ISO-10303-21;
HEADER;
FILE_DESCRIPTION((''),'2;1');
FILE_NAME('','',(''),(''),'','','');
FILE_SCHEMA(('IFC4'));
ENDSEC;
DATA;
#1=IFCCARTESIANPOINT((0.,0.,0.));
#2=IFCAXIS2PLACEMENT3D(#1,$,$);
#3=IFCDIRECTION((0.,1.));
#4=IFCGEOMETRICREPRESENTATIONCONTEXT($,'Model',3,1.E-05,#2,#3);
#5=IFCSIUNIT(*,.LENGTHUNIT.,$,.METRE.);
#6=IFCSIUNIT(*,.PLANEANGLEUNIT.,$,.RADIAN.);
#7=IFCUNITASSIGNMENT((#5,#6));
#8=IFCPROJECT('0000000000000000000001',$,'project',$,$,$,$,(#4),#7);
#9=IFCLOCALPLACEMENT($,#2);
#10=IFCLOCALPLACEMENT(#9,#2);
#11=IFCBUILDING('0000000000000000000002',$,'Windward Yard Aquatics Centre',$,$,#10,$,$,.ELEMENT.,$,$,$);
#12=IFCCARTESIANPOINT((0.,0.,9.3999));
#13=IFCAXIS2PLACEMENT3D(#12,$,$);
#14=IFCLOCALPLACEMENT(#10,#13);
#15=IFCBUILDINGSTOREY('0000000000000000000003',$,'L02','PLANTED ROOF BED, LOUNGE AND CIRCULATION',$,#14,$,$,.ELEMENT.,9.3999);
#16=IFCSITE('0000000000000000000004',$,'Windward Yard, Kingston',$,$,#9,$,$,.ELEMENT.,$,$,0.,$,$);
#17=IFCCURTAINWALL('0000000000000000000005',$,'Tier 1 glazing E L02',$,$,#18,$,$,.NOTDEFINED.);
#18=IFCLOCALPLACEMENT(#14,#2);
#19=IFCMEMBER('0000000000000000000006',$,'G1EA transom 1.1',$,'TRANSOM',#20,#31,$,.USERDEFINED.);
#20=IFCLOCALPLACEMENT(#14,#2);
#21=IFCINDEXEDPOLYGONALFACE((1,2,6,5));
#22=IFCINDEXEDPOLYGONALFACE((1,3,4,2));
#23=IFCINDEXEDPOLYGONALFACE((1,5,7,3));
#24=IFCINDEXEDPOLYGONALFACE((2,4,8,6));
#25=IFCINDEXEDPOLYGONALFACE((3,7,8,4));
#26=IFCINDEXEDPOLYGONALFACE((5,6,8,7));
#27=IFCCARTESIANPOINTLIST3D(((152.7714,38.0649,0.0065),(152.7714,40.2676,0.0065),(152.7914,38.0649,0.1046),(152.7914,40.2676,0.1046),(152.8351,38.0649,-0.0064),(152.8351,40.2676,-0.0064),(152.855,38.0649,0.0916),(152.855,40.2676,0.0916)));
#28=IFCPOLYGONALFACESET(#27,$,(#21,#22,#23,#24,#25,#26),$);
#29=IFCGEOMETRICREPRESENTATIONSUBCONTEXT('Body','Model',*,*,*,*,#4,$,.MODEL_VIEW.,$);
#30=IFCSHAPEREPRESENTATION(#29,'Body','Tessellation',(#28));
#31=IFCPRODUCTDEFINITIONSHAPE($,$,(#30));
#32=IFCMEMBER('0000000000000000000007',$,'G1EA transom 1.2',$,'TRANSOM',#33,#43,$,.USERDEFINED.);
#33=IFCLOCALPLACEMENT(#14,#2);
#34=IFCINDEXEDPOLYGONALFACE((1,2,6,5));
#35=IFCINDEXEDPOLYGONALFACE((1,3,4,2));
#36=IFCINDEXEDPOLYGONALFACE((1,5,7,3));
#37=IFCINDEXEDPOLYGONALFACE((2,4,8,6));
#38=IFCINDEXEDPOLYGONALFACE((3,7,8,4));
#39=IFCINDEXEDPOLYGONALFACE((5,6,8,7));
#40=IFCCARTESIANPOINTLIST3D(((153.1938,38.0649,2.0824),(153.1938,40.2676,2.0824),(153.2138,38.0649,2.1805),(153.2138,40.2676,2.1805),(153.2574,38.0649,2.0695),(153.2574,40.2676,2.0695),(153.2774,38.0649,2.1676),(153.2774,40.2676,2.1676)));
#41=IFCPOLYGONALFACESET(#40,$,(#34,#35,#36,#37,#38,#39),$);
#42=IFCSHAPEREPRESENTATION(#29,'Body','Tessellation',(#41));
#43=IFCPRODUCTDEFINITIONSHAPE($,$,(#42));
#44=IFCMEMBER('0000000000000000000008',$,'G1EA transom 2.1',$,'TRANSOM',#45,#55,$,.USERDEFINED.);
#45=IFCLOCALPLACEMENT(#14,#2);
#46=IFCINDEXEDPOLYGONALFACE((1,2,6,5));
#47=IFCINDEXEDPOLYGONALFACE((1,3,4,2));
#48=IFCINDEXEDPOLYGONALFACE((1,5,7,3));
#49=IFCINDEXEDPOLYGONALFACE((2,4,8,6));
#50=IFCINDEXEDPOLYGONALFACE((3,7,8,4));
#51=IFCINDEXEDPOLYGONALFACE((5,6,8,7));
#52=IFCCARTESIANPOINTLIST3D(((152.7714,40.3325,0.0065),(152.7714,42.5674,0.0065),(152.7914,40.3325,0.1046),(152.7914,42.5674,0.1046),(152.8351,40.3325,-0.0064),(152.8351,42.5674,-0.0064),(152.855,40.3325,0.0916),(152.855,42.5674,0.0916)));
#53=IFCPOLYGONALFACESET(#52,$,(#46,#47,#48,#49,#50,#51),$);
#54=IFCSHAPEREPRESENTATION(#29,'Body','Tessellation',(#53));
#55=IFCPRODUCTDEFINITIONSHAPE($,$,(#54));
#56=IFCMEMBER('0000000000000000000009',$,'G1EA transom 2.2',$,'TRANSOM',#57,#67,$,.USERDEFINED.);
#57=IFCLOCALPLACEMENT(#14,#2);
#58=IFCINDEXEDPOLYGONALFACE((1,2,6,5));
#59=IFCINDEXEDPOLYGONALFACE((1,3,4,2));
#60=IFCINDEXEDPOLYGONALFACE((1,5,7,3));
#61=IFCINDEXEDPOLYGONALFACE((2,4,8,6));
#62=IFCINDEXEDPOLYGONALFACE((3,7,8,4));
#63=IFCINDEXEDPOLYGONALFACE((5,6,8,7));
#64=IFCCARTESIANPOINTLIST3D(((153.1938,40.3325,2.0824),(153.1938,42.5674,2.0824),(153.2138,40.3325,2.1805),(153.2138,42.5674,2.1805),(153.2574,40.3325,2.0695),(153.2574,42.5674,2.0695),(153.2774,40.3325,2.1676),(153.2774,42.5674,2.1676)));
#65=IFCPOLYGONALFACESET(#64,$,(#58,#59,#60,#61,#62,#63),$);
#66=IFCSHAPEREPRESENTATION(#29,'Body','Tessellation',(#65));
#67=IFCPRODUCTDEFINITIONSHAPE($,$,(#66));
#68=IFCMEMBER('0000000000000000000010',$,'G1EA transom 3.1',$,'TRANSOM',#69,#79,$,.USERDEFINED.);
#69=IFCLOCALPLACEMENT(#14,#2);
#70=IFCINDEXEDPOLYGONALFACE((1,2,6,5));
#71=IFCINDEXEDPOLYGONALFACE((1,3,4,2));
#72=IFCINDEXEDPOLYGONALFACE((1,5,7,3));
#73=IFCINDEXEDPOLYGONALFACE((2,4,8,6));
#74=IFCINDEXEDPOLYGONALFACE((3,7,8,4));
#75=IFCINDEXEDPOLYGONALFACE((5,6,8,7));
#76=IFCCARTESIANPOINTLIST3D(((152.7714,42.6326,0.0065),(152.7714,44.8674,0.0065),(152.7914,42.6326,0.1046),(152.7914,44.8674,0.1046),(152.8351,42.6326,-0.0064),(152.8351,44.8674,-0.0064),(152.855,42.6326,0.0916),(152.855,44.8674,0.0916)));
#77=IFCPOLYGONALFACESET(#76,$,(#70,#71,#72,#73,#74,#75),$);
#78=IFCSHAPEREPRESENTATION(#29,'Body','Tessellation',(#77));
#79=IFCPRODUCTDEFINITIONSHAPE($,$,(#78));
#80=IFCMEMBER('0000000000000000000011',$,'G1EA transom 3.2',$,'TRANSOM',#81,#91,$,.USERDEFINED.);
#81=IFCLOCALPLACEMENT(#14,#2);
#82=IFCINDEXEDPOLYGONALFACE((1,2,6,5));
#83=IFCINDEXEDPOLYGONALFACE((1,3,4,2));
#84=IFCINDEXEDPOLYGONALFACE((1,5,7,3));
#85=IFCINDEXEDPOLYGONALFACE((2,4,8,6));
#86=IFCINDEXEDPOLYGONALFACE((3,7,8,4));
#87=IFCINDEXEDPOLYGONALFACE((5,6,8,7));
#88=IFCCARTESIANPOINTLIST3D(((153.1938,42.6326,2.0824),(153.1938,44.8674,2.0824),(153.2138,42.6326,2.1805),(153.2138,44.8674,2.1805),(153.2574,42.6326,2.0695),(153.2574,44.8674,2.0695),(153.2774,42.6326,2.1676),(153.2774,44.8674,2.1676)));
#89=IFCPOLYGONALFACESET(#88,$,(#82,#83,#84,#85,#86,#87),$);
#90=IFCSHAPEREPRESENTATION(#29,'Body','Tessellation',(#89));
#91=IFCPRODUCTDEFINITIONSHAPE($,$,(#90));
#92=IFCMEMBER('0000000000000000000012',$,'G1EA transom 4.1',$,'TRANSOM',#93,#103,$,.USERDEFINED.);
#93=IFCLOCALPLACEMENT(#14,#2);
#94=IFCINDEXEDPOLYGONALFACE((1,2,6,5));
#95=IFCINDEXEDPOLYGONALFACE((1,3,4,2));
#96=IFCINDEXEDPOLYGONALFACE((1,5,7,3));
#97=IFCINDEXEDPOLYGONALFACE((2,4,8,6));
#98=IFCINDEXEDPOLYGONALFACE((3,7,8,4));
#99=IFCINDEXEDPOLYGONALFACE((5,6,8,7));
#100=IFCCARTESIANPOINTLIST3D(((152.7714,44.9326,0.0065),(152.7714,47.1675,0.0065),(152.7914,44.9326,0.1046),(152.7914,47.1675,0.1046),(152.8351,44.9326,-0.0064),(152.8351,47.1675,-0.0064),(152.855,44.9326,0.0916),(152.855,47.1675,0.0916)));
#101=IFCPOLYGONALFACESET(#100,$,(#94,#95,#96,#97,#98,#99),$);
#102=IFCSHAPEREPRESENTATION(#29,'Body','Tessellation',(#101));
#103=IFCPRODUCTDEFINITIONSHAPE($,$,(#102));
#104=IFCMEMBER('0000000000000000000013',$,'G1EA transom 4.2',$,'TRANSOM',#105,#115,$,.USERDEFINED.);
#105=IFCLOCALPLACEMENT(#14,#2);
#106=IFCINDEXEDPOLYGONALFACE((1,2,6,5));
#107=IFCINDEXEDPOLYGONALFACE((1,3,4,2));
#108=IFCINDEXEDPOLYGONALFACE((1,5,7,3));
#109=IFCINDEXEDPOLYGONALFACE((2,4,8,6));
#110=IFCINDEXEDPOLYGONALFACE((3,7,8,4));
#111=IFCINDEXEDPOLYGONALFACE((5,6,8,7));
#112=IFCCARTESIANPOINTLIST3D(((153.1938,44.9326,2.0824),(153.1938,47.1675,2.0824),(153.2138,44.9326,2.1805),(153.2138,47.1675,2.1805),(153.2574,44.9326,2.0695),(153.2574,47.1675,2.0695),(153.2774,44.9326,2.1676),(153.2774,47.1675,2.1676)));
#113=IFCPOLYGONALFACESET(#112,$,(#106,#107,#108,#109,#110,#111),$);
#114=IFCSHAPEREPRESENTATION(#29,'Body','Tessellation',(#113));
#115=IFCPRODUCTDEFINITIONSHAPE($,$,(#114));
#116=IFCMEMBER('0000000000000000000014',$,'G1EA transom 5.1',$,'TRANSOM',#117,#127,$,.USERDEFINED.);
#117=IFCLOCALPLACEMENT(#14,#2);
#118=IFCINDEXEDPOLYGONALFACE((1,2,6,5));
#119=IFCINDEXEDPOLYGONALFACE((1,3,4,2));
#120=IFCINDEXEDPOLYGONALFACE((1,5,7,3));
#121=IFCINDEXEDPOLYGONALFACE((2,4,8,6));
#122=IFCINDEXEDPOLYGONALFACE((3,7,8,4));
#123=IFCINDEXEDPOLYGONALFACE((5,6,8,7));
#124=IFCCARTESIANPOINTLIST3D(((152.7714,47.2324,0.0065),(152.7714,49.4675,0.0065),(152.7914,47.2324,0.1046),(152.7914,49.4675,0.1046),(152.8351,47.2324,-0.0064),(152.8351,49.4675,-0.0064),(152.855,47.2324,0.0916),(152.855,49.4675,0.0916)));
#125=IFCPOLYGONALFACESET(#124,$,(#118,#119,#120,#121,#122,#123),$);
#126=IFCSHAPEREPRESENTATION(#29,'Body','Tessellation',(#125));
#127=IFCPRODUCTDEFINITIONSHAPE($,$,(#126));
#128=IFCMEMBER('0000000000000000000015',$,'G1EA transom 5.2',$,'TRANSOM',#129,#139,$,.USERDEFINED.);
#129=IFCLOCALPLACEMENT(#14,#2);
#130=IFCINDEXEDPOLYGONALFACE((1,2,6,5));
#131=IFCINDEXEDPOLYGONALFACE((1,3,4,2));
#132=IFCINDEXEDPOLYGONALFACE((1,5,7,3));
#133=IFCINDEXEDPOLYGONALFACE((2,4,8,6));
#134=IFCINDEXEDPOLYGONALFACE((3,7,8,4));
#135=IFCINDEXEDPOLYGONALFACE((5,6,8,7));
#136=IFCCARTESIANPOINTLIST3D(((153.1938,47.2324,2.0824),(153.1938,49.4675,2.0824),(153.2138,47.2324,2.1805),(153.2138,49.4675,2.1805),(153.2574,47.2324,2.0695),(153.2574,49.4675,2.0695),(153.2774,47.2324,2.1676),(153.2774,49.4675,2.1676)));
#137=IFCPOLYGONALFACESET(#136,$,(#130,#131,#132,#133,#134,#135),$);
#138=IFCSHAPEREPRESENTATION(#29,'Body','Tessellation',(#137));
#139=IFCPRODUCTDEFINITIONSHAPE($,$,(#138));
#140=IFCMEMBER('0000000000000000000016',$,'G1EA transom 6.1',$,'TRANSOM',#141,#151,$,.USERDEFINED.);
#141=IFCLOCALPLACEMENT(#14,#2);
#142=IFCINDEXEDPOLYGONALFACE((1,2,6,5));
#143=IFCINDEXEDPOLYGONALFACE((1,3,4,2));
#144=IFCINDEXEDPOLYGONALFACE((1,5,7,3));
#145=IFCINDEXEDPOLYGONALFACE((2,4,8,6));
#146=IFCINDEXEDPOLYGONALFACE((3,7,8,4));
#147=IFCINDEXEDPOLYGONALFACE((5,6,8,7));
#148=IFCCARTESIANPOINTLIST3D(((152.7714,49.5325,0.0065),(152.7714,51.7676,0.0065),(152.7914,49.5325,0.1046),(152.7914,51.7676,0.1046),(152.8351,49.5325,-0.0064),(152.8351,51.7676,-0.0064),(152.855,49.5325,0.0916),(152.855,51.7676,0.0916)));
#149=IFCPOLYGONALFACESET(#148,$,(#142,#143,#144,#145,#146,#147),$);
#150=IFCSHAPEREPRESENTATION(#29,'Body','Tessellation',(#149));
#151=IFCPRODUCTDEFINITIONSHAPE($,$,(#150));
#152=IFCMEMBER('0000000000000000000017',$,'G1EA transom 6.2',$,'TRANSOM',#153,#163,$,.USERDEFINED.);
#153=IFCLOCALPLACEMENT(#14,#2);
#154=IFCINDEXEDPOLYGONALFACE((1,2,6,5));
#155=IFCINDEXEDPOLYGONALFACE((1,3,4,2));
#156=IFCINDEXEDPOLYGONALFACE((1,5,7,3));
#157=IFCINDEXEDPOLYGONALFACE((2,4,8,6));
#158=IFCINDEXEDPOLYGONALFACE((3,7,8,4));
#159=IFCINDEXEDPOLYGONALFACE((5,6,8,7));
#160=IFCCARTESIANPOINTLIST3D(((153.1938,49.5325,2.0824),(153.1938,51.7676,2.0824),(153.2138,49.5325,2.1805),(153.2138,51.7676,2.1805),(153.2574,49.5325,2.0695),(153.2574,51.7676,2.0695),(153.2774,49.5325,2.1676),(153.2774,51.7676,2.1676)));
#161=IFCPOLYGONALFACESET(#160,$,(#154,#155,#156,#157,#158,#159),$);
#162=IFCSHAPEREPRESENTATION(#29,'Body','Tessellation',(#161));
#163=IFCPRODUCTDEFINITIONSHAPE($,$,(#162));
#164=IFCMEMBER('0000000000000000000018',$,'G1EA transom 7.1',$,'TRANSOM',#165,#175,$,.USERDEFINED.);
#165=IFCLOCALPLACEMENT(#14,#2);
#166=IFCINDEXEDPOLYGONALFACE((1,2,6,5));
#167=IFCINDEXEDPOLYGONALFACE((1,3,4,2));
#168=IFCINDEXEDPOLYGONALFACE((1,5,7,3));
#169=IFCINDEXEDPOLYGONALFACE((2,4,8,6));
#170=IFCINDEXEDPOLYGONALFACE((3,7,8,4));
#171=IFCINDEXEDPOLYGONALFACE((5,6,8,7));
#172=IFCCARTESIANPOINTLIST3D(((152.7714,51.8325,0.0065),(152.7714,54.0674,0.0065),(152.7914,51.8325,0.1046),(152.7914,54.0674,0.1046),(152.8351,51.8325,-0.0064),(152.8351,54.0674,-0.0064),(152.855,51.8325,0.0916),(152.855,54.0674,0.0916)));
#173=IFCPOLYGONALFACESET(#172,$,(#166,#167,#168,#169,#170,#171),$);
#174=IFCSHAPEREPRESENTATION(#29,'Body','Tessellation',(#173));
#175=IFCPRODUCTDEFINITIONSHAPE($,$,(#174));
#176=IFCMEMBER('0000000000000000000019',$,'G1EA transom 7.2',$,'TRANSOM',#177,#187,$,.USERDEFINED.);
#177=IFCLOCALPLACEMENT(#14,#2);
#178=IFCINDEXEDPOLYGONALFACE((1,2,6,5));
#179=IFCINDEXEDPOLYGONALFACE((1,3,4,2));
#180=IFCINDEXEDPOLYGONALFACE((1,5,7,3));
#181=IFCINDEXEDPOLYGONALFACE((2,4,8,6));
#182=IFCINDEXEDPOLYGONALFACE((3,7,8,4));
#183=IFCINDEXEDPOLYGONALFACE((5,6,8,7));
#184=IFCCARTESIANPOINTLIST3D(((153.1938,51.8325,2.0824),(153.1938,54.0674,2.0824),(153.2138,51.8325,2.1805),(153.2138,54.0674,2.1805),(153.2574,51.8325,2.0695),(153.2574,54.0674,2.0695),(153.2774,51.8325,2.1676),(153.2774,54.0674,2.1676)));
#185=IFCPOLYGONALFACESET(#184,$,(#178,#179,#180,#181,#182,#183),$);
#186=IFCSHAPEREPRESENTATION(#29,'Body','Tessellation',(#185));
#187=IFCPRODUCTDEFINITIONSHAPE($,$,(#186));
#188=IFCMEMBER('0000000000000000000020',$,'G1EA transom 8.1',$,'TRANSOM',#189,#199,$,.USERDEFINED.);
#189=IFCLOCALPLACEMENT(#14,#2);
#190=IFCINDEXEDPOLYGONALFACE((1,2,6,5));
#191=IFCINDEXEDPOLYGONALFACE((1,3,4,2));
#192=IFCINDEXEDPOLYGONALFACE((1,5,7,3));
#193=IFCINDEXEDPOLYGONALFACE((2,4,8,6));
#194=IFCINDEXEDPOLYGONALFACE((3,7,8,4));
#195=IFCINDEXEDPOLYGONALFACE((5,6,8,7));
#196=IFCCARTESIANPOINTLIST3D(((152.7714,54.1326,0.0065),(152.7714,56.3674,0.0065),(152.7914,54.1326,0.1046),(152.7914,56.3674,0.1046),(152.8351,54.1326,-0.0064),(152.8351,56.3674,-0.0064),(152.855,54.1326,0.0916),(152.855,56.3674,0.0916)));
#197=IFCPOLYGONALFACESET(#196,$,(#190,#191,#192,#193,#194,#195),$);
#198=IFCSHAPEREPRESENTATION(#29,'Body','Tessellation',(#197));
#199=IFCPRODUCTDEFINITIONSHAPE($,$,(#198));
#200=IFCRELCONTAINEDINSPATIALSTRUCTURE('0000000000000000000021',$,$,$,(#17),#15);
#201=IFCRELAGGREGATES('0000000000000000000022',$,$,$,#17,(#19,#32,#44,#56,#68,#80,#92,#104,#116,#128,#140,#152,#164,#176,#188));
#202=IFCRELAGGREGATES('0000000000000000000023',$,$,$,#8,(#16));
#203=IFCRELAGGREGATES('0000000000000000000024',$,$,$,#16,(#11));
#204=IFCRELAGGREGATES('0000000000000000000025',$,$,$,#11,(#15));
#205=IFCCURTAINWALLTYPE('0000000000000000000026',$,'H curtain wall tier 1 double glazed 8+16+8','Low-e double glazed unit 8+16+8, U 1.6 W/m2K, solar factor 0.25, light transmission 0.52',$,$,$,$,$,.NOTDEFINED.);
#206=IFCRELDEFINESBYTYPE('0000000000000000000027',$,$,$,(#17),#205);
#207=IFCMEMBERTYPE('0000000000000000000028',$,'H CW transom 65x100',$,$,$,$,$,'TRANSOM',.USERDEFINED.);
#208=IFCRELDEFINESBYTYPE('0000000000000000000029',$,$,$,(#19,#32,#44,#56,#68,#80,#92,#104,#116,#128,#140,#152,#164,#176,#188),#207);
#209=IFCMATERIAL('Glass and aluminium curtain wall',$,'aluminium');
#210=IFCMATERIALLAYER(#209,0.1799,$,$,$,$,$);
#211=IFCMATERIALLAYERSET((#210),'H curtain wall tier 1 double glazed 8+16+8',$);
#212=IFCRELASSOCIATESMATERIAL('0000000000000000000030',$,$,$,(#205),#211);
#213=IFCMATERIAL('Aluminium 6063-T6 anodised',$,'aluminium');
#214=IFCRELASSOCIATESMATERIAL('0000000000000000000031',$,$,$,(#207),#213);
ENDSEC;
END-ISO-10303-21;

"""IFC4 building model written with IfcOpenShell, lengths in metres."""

from ifc_helpers import new_model, si_unit, direction, frame, origin, origin_2d, place, context, subcontext, project, spatial, rectangle, extrude, material, layer, layer_set, material_profile, profile_set, type_object, element, aggregate, save


model = new_model("IFC4")

# Units and contexts
model_context = context("Model", 3, precision=1e-05, world=origin(), true_north=direction((0.0, 1.0)))
body_context = subcontext(model_context, "Body", "Model", "MODEL_VIEW")
ifc_project = project(units=[si_unit("LENGTHUNIT", "METRE"), si_unit("PLANEANGLEUNIT", "RADIAN")], contexts=[model_context])

# Site, building, storey
site_placement = place(None, origin())
site = spatial("IfcSite", under=ifc_project, at=site_placement, Name="Windward Yard, Kingston", CompositionType="ELEMENT", RefElevation=0.0)
building_placement = place(site_placement, origin())
building = spatial("IfcBuilding", under=site, at=building_placement, Name="Windward Yard Aquatics Centre", CompositionType="ELEMENT")
storey_placement = place(building_placement, frame((0.0, 0.0, 9.3999)))
storey = spatial("IfcBuildingStorey", under=building, at=storey_placement, Name="L02", Description="PLANTED ROOF BED, LOUNGE AND CIRCULATION", CompositionType="ELEMENT", Elevation=9.3999)

# Curtain wall, members
ifc_material_1 = material(Name="Glass and aluminium curtain wall", Category="aluminium")
ifc_layer_1 = layer(ifc_material_1, 0.1799)
ifc_layer_set_1 = layer_set([ifc_layer_1], Name="H curtain wall tier 1 double glazed 8+16+8")
curtain_wall_type = type_object("IfcCurtainWallType", Name="H curtain wall tier 1 double glazed 8+16+8", Description="Low-e double glazed unit 8+16+8, U 1.6 W/m2K, solar factor 0.25, light transmission 0.52", PredefinedType="NOTDEFINED", material=ifc_layer_set_1)
curtain_wall_placement = place(storey_placement, origin())
curtain_wall = element("IfcCurtainWall", 1, at=curtain_wall_placement, inside=storey, type_object=curtain_wall_type, Name="Tier 1 glazing E L02", PredefinedType="NOTDEFINED")
ifc_material_2 = material(Name="Aluminium 6063-T6 anodised", Category="aluminium")
ifc_material_profile = material_profile(ifc_material_2, rectangle(XDim=0.0649, YDim=0.1001, at=origin_2d()), Name="H CW transom 65x100")
ifc_profile_set = profile_set([ifc_material_profile], Name="Aluminium 6063-T6 anodised")
member_type = type_object("IfcMemberType", Name="H CW transom 65x100", ElementType="TRANSOM", PredefinedType="USERDEFINED", material=ifc_profile_set)
member_1_placement = place(storey_placement, frame((152.8132, 38.0649, 0.0491), z_axis=(0.0, 1.0, 0.0), x_axis=(-0.979925, 0.0, 0.199368)))
member_1 = element("IfcMember", 2, at=member_1_placement, type_object=member_type, Name="G1EA transom 1.1", ObjectType="TRANSOM", PredefinedType="USERDEFINED", context=body_context, shape_type="SweptSolid", body=[
    extrude(rectangle(XDim=0.0649, YDim=0.1001, at=origin_2d()), origin(), (0.0, 0.0, 1.0), 2.2026),
])
member_2_placement = place(storey_placement, frame((153.2356, 38.0649, 2.125), z_axis=(0.0, 1.0, 0.0), x_axis=(-0.979925, 0.0, 0.199368)))
member_2 = element("IfcMember", 3, at=member_2_placement, type_object=member_type, Name="G1EA transom 1.2", ObjectType="TRANSOM", PredefinedType="USERDEFINED", context=body_context, shape_type="SweptSolid", body=[
    extrude(rectangle(XDim=0.0649, YDim=0.1001, at=origin_2d()), origin(), (0.0, 0.0, 1.0), 2.2026),
])
member_3_placement = place(storey_placement, frame((152.8132, 40.3325, 0.0491), z_axis=(0.0, 1.0, 0.0), x_axis=(-0.979925, 0.0, 0.199368)))
member_3 = element("IfcMember", 4, at=member_3_placement, type_object=member_type, Name="G1EA transom 2.1", ObjectType="TRANSOM", PredefinedType="USERDEFINED", context=body_context, shape_type="SweptSolid", body=[
    extrude(rectangle(XDim=0.0649, YDim=0.1001, at=origin_2d()), origin(), (0.0, 0.0, 1.0), 2.2349),
])
member_4_placement = place(storey_placement, frame((153.2356, 40.3325, 2.125), z_axis=(0.0, 1.0, 0.0), x_axis=(-0.979925, 0.0, 0.199368)))
member_4 = element("IfcMember", 5, at=member_4_placement, type_object=member_type, Name="G1EA transom 2.2", ObjectType="TRANSOM", PredefinedType="USERDEFINED", context=body_context, shape_type="SweptSolid", body=[
    extrude(rectangle(XDim=0.0649, YDim=0.1001, at=origin_2d()), origin(), (0.0, 0.0, 1.0), 2.2349),
])
member_5_placement = place(storey_placement, frame((152.8132, 42.6326, 0.0491), z_axis=(0.0, 1.0, 0.0), x_axis=(-0.979925, 0.0, 0.199368)))
member_5 = element("IfcMember", 6, at=member_5_placement, type_object=member_type, Name="G1EA transom 3.1", ObjectType="TRANSOM", PredefinedType="USERDEFINED", context=body_context, shape_type="SweptSolid", body=[
    extrude(rectangle(XDim=0.0649, YDim=0.1001, at=origin_2d()), origin(), (0.0, 0.0, 1.0), 2.2349),
])
member_6_placement = place(storey_placement, frame((153.2356, 42.6326, 2.125), z_axis=(0.0, 1.0, 0.0), x_axis=(-0.979925, 0.0, 0.199368)))
member_6 = element("IfcMember", 7, at=member_6_placement, type_object=member_type, Name="G1EA transom 3.2", ObjectType="TRANSOM", PredefinedType="USERDEFINED", context=body_context, shape_type="SweptSolid", body=[
    extrude(rectangle(XDim=0.0649, YDim=0.1001, at=origin_2d()), origin(), (0.0, 0.0, 1.0), 2.2349),
])
member_7_placement = place(storey_placement, frame((152.8132, 44.9326, 0.0491), z_axis=(0.0, 1.0, 0.0), x_axis=(-0.979925, 0.0, 0.199368)))
member_7 = element("IfcMember", 8, at=member_7_placement, type_object=member_type, Name="G1EA transom 4.1", ObjectType="TRANSOM", PredefinedType="USERDEFINED", context=body_context, shape_type="SweptSolid", body=[
    extrude(rectangle(XDim=0.0649, YDim=0.1001, at=origin_2d()), origin(), (0.0, 0.0, 1.0), 2.2349),
])
member_8_placement = place(storey_placement, frame((153.2356, 44.9326, 2.125), z_axis=(0.0, 1.0, 0.0), x_axis=(-0.979925, 0.0, 0.199368)))
member_8 = element("IfcMember", 9, at=member_8_placement, type_object=member_type, Name="G1EA transom 4.2", ObjectType="TRANSOM", PredefinedType="USERDEFINED", context=body_context, shape_type="SweptSolid", body=[
    extrude(rectangle(XDim=0.0649, YDim=0.1001, at=origin_2d()), origin(), (0.0, 0.0, 1.0), 2.2349),
])
member_9_placement = place(storey_placement, frame((152.8132, 47.2324, 0.0491), z_axis=(0.0, 1.0, 0.0), x_axis=(-0.979925, 0.0, 0.199368)))
member_9 = element("IfcMember", 10, at=member_9_placement, type_object=member_type, Name="G1EA transom 5.1", ObjectType="TRANSOM", PredefinedType="USERDEFINED", context=body_context, shape_type="SweptSolid", body=[
    extrude(rectangle(XDim=0.0649, YDim=0.1001, at=origin_2d()), origin(), (0.0, 0.0, 1.0), 2.2351),
])
member_10_placement = place(storey_placement, frame((153.2356, 47.2324, 2.125), z_axis=(0.0, 1.0, 0.0), x_axis=(-0.979925, 0.0, 0.199368)))
member_10 = element("IfcMember", 11, at=member_10_placement, type_object=member_type, Name="G1EA transom 5.2", ObjectType="TRANSOM", PredefinedType="USERDEFINED", context=body_context, shape_type="SweptSolid", body=[
    extrude(rectangle(XDim=0.0649, YDim=0.1001, at=origin_2d()), origin(), (0.0, 0.0, 1.0), 2.2351),
])
member_11_placement = place(storey_placement, frame((152.8132, 49.5325, 0.0491), z_axis=(0.0, 1.0, 0.0), x_axis=(-0.979925, 0.0, 0.199368)))
member_11 = element("IfcMember", 12, at=member_11_placement, type_object=member_type, Name="G1EA transom 6.1", ObjectType="TRANSOM", PredefinedType="USERDEFINED", context=body_context, shape_type="SweptSolid", body=[
    extrude(rectangle(XDim=0.0649, YDim=0.1001, at=origin_2d()), origin(), (0.0, 0.0, 1.0), 2.2351),
])
member_12_placement = place(storey_placement, frame((153.2356, 49.5325, 2.125), z_axis=(0.0, 1.0, 0.0), x_axis=(-0.979925, 0.0, 0.199368)))
member_12 = element("IfcMember", 13, at=member_12_placement, type_object=member_type, Name="G1EA transom 6.2", ObjectType="TRANSOM", PredefinedType="USERDEFINED", context=body_context, shape_type="SweptSolid", body=[
    extrude(rectangle(XDim=0.0649, YDim=0.1001, at=origin_2d()), origin(), (0.0, 0.0, 1.0), 2.2351),
])
member_13_placement = place(storey_placement, frame((152.8132, 51.8325, 0.0491), z_axis=(0.0, 1.0, 0.0), x_axis=(-0.979925, 0.0, 0.199368)))
member_13 = element("IfcMember", 14, at=member_13_placement, type_object=member_type, Name="G1EA transom 7.1", ObjectType="TRANSOM", PredefinedType="USERDEFINED", context=body_context, shape_type="SweptSolid", body=[
    extrude(rectangle(XDim=0.0649, YDim=0.1001, at=origin_2d()), origin(), (0.0, 0.0, 1.0), 2.2349),
])
member_14_placement = place(storey_placement, frame((153.2356, 51.8325, 2.125), z_axis=(0.0, 1.0, 0.0), x_axis=(-0.979925, 0.0, 0.199368)))
member_14 = element("IfcMember", 15, at=member_14_placement, type_object=member_type, Name="G1EA transom 7.2", ObjectType="TRANSOM", PredefinedType="USERDEFINED", context=body_context, shape_type="SweptSolid", body=[
    extrude(rectangle(XDim=0.0649, YDim=0.1001, at=origin_2d()), origin(), (0.0, 0.0, 1.0), 2.2349),
])
member_15_placement = place(storey_placement, frame((152.8132, 54.1326, 0.0491), z_axis=(0.0, 1.0, 0.0), x_axis=(-0.979925, 0.0, 0.199368)))
member_15 = element("IfcMember", 16, at=member_15_placement, type_object=member_type, Name="G1EA transom 8.1", ObjectType="TRANSOM", PredefinedType="USERDEFINED", context=body_context, shape_type="SweptSolid", body=[
    extrude(rectangle(XDim=0.0649, YDim=0.1001, at=origin_2d()), origin(), (0.0, 0.0, 1.0), 2.2349),
])
aggregate(curtain_wall, [member_1, member_2, member_3, member_4, member_5, member_6, member_7, member_8, member_9, member_10, member_11, member_12, member_13, member_14, member_15])

save(model, "model.ifc")
